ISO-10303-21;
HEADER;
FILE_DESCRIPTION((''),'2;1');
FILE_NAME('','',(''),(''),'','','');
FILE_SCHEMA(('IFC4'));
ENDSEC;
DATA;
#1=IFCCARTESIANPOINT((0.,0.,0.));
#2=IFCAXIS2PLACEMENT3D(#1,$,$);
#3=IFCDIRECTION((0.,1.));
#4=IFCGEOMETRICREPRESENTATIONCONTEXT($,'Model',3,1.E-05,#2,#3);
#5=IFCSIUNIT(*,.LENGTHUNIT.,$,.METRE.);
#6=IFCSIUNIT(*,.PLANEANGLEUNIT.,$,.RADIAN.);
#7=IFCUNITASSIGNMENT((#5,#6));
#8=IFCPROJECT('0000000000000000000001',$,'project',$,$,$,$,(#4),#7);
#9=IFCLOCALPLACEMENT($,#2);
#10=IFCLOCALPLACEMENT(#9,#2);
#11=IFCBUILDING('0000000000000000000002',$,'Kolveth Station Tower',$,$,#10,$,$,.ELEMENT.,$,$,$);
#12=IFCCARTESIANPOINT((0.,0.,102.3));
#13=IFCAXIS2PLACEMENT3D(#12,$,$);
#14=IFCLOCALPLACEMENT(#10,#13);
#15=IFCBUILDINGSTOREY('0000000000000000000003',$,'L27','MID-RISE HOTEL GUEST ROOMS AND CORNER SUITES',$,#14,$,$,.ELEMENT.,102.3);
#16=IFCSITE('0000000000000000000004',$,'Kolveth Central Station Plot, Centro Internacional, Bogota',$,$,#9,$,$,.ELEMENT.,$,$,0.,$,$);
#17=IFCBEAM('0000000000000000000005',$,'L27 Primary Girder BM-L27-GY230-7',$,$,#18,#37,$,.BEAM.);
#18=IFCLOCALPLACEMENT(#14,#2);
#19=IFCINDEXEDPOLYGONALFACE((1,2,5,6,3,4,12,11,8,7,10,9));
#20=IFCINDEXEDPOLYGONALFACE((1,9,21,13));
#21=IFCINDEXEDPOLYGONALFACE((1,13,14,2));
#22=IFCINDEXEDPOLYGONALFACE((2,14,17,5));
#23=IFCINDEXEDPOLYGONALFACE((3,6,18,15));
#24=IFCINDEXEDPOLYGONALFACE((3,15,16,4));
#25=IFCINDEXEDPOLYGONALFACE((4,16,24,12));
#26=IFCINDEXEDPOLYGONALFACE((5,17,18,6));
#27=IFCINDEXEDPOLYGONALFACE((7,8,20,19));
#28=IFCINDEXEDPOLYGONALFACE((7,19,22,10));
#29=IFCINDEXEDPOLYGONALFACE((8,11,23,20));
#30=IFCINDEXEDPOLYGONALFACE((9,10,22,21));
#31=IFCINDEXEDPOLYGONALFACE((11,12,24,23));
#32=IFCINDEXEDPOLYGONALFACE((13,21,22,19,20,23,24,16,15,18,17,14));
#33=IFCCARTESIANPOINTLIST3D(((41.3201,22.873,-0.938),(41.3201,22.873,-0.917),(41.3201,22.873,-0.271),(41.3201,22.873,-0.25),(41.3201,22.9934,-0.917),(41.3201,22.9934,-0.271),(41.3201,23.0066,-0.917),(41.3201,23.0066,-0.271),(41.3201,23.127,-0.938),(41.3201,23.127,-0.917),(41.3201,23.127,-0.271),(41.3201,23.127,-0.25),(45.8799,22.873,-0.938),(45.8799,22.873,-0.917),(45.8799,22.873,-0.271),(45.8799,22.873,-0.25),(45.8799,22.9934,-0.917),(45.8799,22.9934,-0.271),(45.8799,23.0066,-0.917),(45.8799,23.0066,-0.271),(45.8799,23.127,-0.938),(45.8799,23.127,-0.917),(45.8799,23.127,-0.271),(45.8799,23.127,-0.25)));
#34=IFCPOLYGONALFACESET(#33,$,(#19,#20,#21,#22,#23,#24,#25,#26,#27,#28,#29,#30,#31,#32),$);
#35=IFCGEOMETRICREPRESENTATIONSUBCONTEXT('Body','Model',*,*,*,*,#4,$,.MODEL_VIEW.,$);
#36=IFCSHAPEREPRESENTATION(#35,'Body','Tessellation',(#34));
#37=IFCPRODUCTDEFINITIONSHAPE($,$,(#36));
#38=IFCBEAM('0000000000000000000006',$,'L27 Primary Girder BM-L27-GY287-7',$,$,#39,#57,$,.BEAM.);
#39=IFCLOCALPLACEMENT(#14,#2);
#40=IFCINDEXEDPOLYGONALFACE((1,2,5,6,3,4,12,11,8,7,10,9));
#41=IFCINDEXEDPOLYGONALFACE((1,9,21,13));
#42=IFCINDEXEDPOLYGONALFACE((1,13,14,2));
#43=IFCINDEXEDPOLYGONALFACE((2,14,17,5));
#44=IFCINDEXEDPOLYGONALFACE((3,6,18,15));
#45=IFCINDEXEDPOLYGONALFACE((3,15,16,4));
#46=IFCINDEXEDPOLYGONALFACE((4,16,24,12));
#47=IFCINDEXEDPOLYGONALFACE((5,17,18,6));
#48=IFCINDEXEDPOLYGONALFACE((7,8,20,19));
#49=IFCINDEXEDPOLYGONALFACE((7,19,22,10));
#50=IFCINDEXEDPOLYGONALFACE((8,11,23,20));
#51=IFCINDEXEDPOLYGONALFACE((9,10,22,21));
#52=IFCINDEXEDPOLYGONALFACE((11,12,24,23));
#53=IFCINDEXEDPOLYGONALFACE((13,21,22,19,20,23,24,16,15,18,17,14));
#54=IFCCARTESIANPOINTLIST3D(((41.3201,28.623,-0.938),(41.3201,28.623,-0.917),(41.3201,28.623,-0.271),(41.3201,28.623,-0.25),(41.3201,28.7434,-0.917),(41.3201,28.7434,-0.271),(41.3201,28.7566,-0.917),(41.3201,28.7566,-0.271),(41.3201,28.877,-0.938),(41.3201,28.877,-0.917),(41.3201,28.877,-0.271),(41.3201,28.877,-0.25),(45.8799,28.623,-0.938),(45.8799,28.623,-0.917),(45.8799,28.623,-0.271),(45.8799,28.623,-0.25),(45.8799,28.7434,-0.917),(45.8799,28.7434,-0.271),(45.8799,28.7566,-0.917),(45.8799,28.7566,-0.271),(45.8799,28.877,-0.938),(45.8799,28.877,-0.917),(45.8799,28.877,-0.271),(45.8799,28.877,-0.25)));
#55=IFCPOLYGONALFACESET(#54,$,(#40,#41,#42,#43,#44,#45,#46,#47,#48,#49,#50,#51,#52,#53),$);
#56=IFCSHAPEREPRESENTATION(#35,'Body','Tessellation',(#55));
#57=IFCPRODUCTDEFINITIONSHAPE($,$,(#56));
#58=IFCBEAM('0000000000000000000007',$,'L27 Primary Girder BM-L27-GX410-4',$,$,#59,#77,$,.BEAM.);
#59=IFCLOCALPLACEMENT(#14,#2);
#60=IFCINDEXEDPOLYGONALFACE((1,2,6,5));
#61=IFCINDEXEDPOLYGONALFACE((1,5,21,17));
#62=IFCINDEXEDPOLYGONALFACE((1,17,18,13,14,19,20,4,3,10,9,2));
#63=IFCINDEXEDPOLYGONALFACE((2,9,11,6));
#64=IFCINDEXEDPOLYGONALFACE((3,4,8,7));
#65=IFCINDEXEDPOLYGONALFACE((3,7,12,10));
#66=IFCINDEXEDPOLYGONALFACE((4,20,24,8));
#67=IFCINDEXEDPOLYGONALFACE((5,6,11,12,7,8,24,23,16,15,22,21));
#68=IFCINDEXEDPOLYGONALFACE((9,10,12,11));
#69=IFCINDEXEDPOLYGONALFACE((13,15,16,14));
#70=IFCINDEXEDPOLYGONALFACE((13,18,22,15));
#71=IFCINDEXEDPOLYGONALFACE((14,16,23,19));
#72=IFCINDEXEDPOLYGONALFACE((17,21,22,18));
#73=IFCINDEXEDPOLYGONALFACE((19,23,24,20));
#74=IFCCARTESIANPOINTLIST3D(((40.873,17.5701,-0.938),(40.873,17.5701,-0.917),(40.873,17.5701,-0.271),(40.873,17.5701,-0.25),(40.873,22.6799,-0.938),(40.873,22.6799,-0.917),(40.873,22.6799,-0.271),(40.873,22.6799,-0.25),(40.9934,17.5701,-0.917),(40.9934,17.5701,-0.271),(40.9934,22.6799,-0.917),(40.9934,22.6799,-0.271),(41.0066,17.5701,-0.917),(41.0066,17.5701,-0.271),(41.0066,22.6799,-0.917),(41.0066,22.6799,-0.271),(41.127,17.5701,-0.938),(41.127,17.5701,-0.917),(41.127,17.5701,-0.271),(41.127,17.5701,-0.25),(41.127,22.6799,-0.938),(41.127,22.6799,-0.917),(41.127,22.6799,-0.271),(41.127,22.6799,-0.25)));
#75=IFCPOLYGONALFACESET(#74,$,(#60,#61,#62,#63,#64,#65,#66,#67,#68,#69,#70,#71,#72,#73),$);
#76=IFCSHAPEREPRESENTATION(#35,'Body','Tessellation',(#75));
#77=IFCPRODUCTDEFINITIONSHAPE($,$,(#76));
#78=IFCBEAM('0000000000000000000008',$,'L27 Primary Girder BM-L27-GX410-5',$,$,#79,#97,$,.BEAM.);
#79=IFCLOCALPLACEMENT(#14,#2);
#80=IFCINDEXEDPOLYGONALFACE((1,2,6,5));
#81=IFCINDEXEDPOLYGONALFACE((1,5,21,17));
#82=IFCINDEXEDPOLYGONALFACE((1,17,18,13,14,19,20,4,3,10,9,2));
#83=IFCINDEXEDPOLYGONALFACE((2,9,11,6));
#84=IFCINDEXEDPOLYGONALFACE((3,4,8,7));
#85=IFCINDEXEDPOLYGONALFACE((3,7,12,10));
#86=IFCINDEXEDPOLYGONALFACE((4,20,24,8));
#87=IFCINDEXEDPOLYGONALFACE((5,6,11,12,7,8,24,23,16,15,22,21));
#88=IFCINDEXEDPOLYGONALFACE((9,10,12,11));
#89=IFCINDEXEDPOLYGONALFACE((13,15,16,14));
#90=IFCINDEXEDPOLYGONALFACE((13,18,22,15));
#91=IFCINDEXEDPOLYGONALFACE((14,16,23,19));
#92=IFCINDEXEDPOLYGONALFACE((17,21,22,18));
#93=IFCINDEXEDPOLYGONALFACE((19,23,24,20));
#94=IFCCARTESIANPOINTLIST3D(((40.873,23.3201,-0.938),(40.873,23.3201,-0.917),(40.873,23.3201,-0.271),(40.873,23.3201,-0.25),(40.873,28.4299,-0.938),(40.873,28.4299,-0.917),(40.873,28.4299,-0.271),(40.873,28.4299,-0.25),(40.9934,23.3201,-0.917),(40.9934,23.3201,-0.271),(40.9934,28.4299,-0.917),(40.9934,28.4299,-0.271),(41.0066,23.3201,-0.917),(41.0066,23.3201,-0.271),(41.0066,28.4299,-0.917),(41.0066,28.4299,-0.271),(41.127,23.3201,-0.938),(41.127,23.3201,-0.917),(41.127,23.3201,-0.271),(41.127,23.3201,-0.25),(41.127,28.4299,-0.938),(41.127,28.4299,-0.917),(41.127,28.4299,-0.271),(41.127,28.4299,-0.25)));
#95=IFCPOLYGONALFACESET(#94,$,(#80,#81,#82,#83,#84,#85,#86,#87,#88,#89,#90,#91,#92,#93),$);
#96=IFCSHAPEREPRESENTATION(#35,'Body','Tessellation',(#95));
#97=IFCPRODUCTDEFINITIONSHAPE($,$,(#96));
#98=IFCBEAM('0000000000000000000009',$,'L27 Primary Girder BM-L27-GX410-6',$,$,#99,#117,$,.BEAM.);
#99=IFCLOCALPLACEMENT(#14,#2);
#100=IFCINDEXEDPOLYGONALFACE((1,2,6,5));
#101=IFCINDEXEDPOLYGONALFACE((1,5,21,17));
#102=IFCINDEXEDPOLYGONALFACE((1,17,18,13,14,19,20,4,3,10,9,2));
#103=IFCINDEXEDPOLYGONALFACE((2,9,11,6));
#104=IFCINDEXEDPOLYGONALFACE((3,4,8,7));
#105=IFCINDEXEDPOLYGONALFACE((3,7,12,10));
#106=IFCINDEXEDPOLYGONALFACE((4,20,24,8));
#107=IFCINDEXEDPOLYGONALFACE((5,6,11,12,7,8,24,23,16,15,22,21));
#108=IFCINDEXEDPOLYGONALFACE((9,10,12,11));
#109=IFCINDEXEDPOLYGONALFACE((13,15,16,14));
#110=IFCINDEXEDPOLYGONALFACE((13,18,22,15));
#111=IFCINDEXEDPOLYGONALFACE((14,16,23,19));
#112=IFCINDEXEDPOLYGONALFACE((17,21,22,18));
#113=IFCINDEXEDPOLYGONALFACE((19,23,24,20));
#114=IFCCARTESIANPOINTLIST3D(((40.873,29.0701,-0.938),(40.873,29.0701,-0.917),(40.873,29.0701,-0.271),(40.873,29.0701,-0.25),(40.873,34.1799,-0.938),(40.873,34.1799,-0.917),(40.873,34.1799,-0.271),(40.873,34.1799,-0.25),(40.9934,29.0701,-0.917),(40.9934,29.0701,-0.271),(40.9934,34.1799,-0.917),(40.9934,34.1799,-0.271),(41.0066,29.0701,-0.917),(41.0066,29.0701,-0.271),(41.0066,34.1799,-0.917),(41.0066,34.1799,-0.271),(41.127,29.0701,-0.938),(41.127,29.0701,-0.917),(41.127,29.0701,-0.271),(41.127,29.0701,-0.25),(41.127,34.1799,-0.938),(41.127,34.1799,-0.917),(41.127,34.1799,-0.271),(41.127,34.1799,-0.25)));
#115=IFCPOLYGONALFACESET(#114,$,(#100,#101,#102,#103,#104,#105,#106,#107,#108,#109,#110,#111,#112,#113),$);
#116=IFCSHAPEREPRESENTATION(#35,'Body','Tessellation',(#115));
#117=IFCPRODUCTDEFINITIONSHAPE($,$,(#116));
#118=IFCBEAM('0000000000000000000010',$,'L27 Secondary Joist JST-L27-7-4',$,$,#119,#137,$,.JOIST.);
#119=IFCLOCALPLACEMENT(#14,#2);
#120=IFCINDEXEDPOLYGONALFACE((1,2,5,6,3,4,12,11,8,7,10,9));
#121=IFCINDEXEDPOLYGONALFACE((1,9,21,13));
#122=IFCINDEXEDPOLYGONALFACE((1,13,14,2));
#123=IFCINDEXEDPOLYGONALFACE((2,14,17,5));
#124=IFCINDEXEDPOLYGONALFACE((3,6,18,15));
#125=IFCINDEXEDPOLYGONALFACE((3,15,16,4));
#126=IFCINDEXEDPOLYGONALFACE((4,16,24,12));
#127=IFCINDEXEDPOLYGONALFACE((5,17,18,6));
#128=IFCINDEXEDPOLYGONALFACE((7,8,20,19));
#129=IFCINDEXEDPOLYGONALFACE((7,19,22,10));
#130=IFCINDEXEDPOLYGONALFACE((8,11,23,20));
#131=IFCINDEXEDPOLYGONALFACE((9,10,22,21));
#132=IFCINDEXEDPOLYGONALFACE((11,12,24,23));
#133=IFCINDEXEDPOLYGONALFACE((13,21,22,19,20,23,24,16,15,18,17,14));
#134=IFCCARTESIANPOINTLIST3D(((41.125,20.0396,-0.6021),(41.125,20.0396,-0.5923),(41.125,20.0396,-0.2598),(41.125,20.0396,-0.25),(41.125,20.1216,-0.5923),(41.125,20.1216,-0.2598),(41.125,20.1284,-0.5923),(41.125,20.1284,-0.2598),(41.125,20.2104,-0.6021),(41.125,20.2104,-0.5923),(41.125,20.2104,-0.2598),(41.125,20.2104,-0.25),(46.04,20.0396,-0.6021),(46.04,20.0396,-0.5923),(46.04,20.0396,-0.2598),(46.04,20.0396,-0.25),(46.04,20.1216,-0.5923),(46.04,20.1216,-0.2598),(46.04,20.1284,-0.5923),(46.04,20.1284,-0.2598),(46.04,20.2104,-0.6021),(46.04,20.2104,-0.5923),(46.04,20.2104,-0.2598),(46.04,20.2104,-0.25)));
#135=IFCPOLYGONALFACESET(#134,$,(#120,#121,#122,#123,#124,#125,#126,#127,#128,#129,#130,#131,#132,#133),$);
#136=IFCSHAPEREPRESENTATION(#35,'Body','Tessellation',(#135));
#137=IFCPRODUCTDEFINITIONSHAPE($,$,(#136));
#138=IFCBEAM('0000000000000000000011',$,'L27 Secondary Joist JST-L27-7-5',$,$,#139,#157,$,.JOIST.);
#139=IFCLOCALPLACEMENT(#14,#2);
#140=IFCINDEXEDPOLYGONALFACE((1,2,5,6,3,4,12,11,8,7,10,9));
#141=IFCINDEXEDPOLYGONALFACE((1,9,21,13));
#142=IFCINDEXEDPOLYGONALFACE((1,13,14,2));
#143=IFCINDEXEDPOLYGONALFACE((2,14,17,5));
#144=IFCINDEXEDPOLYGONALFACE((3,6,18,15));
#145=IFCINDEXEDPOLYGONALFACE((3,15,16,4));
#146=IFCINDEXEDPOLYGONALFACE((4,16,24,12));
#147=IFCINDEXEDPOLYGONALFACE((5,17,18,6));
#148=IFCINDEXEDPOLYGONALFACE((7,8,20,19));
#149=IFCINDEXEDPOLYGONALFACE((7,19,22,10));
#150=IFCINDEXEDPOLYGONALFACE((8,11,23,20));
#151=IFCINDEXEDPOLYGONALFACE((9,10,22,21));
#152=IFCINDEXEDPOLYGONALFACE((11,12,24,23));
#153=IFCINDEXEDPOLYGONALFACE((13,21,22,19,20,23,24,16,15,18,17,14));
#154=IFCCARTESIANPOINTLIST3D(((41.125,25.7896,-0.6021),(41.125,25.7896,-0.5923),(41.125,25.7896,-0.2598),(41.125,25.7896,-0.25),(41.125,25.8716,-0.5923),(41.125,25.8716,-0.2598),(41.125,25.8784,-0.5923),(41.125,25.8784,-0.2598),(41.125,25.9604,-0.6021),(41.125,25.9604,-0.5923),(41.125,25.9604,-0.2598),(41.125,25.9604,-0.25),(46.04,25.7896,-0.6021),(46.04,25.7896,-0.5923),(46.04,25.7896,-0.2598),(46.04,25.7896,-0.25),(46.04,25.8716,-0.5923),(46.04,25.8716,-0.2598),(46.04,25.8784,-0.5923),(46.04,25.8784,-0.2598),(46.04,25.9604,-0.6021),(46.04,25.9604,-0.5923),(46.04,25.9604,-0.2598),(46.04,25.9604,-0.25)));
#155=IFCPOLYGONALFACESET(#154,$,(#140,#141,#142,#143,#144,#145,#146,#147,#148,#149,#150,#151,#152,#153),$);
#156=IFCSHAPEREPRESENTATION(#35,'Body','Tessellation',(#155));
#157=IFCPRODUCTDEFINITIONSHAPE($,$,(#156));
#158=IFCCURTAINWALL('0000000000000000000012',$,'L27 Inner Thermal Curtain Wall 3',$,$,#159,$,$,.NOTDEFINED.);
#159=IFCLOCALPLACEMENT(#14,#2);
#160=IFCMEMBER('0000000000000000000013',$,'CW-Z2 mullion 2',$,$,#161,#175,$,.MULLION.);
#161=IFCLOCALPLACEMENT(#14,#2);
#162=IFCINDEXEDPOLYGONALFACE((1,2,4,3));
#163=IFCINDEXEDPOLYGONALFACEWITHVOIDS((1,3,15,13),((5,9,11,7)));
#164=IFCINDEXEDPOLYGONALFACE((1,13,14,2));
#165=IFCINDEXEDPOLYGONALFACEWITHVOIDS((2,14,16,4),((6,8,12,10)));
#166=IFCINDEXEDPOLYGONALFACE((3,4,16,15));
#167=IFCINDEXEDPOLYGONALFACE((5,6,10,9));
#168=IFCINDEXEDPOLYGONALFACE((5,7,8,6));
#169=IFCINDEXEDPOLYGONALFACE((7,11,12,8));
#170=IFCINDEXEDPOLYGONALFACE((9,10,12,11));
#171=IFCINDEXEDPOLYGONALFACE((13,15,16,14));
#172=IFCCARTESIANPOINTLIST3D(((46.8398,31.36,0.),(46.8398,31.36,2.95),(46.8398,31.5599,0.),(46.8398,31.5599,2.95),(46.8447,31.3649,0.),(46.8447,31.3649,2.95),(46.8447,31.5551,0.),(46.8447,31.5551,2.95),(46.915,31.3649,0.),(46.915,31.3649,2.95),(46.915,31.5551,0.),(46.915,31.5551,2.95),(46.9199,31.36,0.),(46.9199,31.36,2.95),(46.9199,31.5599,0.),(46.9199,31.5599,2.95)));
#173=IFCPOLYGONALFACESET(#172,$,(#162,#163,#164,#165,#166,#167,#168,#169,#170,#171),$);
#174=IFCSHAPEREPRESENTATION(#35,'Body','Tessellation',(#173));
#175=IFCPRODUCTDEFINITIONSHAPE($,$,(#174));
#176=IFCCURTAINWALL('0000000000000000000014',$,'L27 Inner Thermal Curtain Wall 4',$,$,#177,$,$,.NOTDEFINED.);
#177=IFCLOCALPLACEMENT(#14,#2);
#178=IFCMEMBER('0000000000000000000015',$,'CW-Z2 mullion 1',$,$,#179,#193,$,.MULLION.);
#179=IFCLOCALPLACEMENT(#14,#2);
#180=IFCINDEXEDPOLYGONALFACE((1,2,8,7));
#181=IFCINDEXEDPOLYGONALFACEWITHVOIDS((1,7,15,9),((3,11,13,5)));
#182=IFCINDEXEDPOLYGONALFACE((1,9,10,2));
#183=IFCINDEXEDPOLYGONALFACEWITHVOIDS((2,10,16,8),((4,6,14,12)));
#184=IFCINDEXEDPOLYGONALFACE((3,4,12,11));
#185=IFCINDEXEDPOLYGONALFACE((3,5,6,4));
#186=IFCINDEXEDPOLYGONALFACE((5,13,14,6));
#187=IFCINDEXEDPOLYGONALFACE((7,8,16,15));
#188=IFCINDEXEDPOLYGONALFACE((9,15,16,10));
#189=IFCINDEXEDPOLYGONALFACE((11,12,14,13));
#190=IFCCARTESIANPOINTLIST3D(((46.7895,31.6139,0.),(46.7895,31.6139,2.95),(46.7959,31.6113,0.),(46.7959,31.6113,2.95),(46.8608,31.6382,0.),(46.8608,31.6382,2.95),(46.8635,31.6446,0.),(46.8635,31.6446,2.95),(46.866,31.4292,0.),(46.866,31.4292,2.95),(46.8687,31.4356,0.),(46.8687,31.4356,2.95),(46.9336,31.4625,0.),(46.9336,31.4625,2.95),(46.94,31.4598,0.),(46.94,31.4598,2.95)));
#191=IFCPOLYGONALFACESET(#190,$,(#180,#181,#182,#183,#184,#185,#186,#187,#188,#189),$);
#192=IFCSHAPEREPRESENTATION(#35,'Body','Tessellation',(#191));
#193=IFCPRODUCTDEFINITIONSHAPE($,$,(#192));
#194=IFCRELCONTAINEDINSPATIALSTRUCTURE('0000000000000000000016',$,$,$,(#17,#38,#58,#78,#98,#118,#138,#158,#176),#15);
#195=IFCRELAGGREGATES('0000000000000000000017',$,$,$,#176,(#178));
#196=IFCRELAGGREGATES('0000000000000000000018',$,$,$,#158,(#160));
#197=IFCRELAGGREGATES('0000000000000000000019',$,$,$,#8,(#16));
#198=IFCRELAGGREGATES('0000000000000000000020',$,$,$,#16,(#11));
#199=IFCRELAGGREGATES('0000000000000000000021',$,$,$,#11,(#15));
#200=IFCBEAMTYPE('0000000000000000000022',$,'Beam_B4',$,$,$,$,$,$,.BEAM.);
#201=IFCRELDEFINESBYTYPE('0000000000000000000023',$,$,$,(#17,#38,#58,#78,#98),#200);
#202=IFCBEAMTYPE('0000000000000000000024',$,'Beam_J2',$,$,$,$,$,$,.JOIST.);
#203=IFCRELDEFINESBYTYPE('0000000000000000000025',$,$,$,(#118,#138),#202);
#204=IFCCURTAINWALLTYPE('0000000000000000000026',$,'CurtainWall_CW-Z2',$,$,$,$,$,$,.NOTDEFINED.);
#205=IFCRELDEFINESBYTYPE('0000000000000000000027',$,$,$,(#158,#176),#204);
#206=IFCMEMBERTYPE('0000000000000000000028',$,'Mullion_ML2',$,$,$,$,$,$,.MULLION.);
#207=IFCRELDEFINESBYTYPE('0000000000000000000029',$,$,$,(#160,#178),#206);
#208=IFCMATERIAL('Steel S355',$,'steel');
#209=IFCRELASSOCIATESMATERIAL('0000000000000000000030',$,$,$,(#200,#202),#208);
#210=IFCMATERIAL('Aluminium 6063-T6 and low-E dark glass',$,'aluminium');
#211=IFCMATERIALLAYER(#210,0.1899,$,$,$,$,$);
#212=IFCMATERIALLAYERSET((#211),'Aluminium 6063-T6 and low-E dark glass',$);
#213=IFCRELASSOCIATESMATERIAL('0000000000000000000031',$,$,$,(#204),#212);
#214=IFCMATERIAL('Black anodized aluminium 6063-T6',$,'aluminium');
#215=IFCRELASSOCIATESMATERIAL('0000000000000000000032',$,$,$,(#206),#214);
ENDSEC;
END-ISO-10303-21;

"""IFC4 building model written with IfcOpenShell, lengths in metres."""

from ifc_helpers import new_model, si_unit, direction, frame, origin, origin_2d, place, context, subcontext, project, spatial, hollow_rectangle, i_section, extrude, source, transform, mapped, material, layer, layer_set, material_profile, profile_set, type_object, element, aggregate, save


model = new_model("IFC4")

# Units and contexts
model_context = context("Model", 3, precision=1e-05, world=origin(), true_north=direction((0.0, 1.0)))
body_context = subcontext(model_context, "Body", "Model", "MODEL_VIEW")
ifc_project = project(units=[si_unit("LENGTHUNIT", "METRE"), si_unit("PLANEANGLEUNIT", "RADIAN")], contexts=[model_context])

# Site, building, storey
site_placement = place(None, origin())
site = spatial("IfcSite", under=ifc_project, at=site_placement, Name="Kolveth Central Station Plot, Centro Internacional, Bogota", CompositionType="ELEMENT", RefElevation=0.0)
building_placement = place(site_placement, origin())
building = spatial("IfcBuilding", under=site, at=building_placement, Name="Kolveth Station Tower", CompositionType="ELEMENT")
storey_placement = place(building_placement, frame((0.0, 0.0, 102.3)))
storey = spatial("IfcBuildingStorey", under=building, at=storey_placement, Name="L27", Description="MID-RISE HOTEL GUEST ROOMS AND CORNER SUITES", CompositionType="ELEMENT", Elevation=102.3)

# Beams
ifc_material_1 = material(Name="Steel S355", Category="steel")
ifc_material_profile_1 = material_profile(ifc_material_1, i_section(OverallWidth=0.2539, OverallDepth=0.688, WebThickness=0.0132, FlangeThickness=0.021, at=origin_2d()), Name="W690x152")
ifc_profile_set_1 = profile_set([ifc_material_profile_1], Name="Steel S355")
beam_type_1 = type_object("IfcBeamType", Name="Beam_B4", PredefinedType="BEAM", material=ifc_profile_set_1)
shared_shape_1 = source(origin(), body_context, "Body", "SweptSolid", [
    extrude(i_section(OverallWidth=0.2539, OverallDepth=0.688, WebThickness=0.0132, FlangeThickness=0.021, at=origin_2d()), origin(), (0.0, 0.0, 1.0), 4.5598),
])
for number, where, z_axis, x_axis, name in (
    (1, (41.3201, 23.0, -0.594), (1.0, 0.0, 0.0), (0.0, 1.0, 0.0), "L27 Primary Girder BM-L27-GY230-7"),
    (2, (41.3201, 28.75, -0.594), (1.0, 0.0, 0.0), (0.0, 1.0, 0.0), "L27 Primary Girder BM-L27-GY287-7"),
):
    element("IfcBeam", number, at=place(storey_placement, frame(where, z_axis=z_axis, x_axis=x_axis)), inside=storey, type_object=beam_type_1, Name=name, PredefinedType="BEAM", context=body_context, shape_type="MappedRepresentation", body=[
        mapped(shared_shape_1, transform((0.0, 0.0, 0.0), x_axis=(1.0, 0.0, 0.0), y_axis=(0.0, 1.0, 0.0), z_axis=(0.0, 0.0, 1.0), scale=1.0)),
    ])
shared_shape_2 = source(origin(), body_context, "Body", "SweptSolid", [
    extrude(i_section(OverallWidth=0.2539, OverallDepth=0.688, WebThickness=0.0132, FlangeThickness=0.021, at=origin_2d()), origin(), (0.0, 0.0, 1.0), 5.1099),
])
for number, where, z_axis, x_axis, name in (
    (3, (41.0, 17.5701, -0.594), (0.0, 1.0, 0.0), (-1.0, 0.0, 0.0), "L27 Primary Girder BM-L27-GX410-4"),
    (4, (41.0, 23.3201, -0.594), (0.0, 1.0, 0.0), (-1.0, 0.0, 0.0), "L27 Primary Girder BM-L27-GX410-5"),
    (5, (41.0, 29.0701, -0.594), (0.0, 1.0, 0.0), (-1.0, 0.0, 0.0), "L27 Primary Girder BM-L27-GX410-6"),
):
    element("IfcBeam", number, at=place(storey_placement, frame(where, z_axis=z_axis, x_axis=x_axis)), inside=storey, type_object=beam_type_1, Name=name, PredefinedType="BEAM", context=body_context, shape_type="MappedRepresentation", body=[
        mapped(shared_shape_2, transform((0.0, 0.0, 0.0), x_axis=(1.0, 0.0, 0.0), y_axis=(0.0, 1.0, 0.0), z_axis=(0.0, 0.0, 1.0), scale=1.0)),
    ])
ifc_material_profile_2 = material_profile(ifc_material_1, i_section(OverallWidth=0.1709, OverallDepth=0.3521, WebThickness=0.0068, FlangeThickness=0.0098, at=origin_2d()), Name="W360x44")
ifc_profile_set_2 = profile_set([ifc_material_profile_2], Name="Steel S355")
beam_type_2 = type_object("IfcBeamType", Name="Beam_J2", PredefinedType="JOIST", material=ifc_profile_set_2)
shared_shape_3 = source(origin(), body_context, "Body", "SweptSolid", [
    extrude(i_section(OverallWidth=0.1709, OverallDepth=0.3521, WebThickness=0.0068, FlangeThickness=0.0098, at=origin_2d()), origin(), (0.0, 0.0, 1.0), 4.915),
])
for number, where, z_axis, x_axis, name in (
    (6, (41.125, 20.125, -0.426), (1.0, 0.0, 0.0), (0.0, 1.0, 0.0), "L27 Secondary Joist JST-L27-7-4"),
    (7, (41.125, 25.875, -0.426), (1.0, 0.0, 0.0), (0.0, 1.0, 0.0), "L27 Secondary Joist JST-L27-7-5"),
):
    element("IfcBeam", number, at=place(storey_placement, frame(where, z_axis=z_axis, x_axis=x_axis)), inside=storey, type_object=beam_type_2, Name=name, PredefinedType="JOIST", context=body_context, shape_type="MappedRepresentation", body=[
        mapped(shared_shape_3, transform((0.0, 0.0, 0.0), x_axis=(1.0, 0.0, 0.0), y_axis=(0.0, 1.0, 0.0), z_axis=(0.0, 0.0, 1.0), scale=1.0)),
    ])

# Curtain wall, member
ifc_material_2 = material(Name="Aluminium 6063-T6 and low-E dark glass", Category="aluminium")
ifc_layer_1 = layer(ifc_material_2, 0.1899)
ifc_layer_set_1 = layer_set([ifc_layer_1], Name="Aluminium 6063-T6 and low-E dark glass")
curtain_wall_type = type_object("IfcCurtainWallType", Name="CurtainWall_CW-Z2", PredefinedType="NOTDEFINED", material=ifc_layer_set_1)
curtain_wall_1_placement = place(storey_placement, origin())
curtain_wall_1 = element("IfcCurtainWall", 8, at=curtain_wall_1_placement, inside=storey, type_object=curtain_wall_type, Name="L27 Inner Thermal Curtain Wall 3", PredefinedType="NOTDEFINED")
ifc_material_3 = material(Name="Black anodized aluminium 6063-T6", Category="aluminium")
ifc_material_profile_3 = material_profile(ifc_material_3, hollow_rectangle(XDim=0.0801, YDim=0.2, WallThickness=0.0049, at=origin_2d()), Name="ALU-80x200x5")
ifc_profile_set_3 = profile_set([ifc_material_profile_3], Name="Black anodized aluminium 6063-T6")
member_type_1 = type_object("IfcMemberType", Name="Mullion_ML2", PredefinedType="MULLION", material=ifc_profile_set_3)
shared_shape_4 = source(origin(), body_context, "Body", "SweptSolid", [
    extrude(hollow_rectangle(XDim=0.0801, YDim=0.2, WallThickness=0.0049, at=origin_2d()), origin(), (0.0, 0.0, 1.0), 2.95),
])
member_1_placement = place(storey_placement, frame((46.8799, 31.46, 0.0), z_axis=(0.0, 0.0, 1.0), x_axis=(-1.0, 0.0, 0.0)))
member_1 = element("IfcMember", 9, at=member_1_placement, type_object=member_type_1, Name="CW-Z2 mullion 2", PredefinedType="MULLION", context=body_context, shape_type="MappedRepresentation", body=[
    mapped(shared_shape_4, transform((0.0, 0.0, 0.0), x_axis=(1.0, 0.0, 0.0), y_axis=(0.0, 1.0, 0.0), z_axis=(0.0, 0.0, 1.0), scale=1.0)),
])

# Curtain wall, member
curtain_wall_2_placement = place(storey_placement, origin())
curtain_wall_2 = element("IfcCurtainWall", 10, at=curtain_wall_2_placement, inside=storey, type_object=curtain_wall_type, Name="L27 Inner Thermal Curtain Wall 4", PredefinedType="NOTDEFINED")
member_2_placement = place(storey_placement, frame((46.8647, 31.5369, 0.0), z_axis=(0.0, 0.0, 1.0), x_axis=(-0.923888, -0.382663, 0.0)))
member_2 = element("IfcMember", 11, at=member_2_placement, type_object=member_type_1, Name="CW-Z2 mullion 1", PredefinedType="MULLION", context=body_context, shape_type="MappedRepresentation", body=[
    mapped(shared_shape_4, transform((0.0, 0.0, 0.0), x_axis=(1.0, 0.0, 0.0), y_axis=(0.0, 1.0, 0.0), z_axis=(0.0, 0.0, 1.0), scale=1.0)),
])
aggregate(curtain_wall_2, [member_2])

aggregate(curtain_wall_1, [member_1])

save(model, "model.ifc")
